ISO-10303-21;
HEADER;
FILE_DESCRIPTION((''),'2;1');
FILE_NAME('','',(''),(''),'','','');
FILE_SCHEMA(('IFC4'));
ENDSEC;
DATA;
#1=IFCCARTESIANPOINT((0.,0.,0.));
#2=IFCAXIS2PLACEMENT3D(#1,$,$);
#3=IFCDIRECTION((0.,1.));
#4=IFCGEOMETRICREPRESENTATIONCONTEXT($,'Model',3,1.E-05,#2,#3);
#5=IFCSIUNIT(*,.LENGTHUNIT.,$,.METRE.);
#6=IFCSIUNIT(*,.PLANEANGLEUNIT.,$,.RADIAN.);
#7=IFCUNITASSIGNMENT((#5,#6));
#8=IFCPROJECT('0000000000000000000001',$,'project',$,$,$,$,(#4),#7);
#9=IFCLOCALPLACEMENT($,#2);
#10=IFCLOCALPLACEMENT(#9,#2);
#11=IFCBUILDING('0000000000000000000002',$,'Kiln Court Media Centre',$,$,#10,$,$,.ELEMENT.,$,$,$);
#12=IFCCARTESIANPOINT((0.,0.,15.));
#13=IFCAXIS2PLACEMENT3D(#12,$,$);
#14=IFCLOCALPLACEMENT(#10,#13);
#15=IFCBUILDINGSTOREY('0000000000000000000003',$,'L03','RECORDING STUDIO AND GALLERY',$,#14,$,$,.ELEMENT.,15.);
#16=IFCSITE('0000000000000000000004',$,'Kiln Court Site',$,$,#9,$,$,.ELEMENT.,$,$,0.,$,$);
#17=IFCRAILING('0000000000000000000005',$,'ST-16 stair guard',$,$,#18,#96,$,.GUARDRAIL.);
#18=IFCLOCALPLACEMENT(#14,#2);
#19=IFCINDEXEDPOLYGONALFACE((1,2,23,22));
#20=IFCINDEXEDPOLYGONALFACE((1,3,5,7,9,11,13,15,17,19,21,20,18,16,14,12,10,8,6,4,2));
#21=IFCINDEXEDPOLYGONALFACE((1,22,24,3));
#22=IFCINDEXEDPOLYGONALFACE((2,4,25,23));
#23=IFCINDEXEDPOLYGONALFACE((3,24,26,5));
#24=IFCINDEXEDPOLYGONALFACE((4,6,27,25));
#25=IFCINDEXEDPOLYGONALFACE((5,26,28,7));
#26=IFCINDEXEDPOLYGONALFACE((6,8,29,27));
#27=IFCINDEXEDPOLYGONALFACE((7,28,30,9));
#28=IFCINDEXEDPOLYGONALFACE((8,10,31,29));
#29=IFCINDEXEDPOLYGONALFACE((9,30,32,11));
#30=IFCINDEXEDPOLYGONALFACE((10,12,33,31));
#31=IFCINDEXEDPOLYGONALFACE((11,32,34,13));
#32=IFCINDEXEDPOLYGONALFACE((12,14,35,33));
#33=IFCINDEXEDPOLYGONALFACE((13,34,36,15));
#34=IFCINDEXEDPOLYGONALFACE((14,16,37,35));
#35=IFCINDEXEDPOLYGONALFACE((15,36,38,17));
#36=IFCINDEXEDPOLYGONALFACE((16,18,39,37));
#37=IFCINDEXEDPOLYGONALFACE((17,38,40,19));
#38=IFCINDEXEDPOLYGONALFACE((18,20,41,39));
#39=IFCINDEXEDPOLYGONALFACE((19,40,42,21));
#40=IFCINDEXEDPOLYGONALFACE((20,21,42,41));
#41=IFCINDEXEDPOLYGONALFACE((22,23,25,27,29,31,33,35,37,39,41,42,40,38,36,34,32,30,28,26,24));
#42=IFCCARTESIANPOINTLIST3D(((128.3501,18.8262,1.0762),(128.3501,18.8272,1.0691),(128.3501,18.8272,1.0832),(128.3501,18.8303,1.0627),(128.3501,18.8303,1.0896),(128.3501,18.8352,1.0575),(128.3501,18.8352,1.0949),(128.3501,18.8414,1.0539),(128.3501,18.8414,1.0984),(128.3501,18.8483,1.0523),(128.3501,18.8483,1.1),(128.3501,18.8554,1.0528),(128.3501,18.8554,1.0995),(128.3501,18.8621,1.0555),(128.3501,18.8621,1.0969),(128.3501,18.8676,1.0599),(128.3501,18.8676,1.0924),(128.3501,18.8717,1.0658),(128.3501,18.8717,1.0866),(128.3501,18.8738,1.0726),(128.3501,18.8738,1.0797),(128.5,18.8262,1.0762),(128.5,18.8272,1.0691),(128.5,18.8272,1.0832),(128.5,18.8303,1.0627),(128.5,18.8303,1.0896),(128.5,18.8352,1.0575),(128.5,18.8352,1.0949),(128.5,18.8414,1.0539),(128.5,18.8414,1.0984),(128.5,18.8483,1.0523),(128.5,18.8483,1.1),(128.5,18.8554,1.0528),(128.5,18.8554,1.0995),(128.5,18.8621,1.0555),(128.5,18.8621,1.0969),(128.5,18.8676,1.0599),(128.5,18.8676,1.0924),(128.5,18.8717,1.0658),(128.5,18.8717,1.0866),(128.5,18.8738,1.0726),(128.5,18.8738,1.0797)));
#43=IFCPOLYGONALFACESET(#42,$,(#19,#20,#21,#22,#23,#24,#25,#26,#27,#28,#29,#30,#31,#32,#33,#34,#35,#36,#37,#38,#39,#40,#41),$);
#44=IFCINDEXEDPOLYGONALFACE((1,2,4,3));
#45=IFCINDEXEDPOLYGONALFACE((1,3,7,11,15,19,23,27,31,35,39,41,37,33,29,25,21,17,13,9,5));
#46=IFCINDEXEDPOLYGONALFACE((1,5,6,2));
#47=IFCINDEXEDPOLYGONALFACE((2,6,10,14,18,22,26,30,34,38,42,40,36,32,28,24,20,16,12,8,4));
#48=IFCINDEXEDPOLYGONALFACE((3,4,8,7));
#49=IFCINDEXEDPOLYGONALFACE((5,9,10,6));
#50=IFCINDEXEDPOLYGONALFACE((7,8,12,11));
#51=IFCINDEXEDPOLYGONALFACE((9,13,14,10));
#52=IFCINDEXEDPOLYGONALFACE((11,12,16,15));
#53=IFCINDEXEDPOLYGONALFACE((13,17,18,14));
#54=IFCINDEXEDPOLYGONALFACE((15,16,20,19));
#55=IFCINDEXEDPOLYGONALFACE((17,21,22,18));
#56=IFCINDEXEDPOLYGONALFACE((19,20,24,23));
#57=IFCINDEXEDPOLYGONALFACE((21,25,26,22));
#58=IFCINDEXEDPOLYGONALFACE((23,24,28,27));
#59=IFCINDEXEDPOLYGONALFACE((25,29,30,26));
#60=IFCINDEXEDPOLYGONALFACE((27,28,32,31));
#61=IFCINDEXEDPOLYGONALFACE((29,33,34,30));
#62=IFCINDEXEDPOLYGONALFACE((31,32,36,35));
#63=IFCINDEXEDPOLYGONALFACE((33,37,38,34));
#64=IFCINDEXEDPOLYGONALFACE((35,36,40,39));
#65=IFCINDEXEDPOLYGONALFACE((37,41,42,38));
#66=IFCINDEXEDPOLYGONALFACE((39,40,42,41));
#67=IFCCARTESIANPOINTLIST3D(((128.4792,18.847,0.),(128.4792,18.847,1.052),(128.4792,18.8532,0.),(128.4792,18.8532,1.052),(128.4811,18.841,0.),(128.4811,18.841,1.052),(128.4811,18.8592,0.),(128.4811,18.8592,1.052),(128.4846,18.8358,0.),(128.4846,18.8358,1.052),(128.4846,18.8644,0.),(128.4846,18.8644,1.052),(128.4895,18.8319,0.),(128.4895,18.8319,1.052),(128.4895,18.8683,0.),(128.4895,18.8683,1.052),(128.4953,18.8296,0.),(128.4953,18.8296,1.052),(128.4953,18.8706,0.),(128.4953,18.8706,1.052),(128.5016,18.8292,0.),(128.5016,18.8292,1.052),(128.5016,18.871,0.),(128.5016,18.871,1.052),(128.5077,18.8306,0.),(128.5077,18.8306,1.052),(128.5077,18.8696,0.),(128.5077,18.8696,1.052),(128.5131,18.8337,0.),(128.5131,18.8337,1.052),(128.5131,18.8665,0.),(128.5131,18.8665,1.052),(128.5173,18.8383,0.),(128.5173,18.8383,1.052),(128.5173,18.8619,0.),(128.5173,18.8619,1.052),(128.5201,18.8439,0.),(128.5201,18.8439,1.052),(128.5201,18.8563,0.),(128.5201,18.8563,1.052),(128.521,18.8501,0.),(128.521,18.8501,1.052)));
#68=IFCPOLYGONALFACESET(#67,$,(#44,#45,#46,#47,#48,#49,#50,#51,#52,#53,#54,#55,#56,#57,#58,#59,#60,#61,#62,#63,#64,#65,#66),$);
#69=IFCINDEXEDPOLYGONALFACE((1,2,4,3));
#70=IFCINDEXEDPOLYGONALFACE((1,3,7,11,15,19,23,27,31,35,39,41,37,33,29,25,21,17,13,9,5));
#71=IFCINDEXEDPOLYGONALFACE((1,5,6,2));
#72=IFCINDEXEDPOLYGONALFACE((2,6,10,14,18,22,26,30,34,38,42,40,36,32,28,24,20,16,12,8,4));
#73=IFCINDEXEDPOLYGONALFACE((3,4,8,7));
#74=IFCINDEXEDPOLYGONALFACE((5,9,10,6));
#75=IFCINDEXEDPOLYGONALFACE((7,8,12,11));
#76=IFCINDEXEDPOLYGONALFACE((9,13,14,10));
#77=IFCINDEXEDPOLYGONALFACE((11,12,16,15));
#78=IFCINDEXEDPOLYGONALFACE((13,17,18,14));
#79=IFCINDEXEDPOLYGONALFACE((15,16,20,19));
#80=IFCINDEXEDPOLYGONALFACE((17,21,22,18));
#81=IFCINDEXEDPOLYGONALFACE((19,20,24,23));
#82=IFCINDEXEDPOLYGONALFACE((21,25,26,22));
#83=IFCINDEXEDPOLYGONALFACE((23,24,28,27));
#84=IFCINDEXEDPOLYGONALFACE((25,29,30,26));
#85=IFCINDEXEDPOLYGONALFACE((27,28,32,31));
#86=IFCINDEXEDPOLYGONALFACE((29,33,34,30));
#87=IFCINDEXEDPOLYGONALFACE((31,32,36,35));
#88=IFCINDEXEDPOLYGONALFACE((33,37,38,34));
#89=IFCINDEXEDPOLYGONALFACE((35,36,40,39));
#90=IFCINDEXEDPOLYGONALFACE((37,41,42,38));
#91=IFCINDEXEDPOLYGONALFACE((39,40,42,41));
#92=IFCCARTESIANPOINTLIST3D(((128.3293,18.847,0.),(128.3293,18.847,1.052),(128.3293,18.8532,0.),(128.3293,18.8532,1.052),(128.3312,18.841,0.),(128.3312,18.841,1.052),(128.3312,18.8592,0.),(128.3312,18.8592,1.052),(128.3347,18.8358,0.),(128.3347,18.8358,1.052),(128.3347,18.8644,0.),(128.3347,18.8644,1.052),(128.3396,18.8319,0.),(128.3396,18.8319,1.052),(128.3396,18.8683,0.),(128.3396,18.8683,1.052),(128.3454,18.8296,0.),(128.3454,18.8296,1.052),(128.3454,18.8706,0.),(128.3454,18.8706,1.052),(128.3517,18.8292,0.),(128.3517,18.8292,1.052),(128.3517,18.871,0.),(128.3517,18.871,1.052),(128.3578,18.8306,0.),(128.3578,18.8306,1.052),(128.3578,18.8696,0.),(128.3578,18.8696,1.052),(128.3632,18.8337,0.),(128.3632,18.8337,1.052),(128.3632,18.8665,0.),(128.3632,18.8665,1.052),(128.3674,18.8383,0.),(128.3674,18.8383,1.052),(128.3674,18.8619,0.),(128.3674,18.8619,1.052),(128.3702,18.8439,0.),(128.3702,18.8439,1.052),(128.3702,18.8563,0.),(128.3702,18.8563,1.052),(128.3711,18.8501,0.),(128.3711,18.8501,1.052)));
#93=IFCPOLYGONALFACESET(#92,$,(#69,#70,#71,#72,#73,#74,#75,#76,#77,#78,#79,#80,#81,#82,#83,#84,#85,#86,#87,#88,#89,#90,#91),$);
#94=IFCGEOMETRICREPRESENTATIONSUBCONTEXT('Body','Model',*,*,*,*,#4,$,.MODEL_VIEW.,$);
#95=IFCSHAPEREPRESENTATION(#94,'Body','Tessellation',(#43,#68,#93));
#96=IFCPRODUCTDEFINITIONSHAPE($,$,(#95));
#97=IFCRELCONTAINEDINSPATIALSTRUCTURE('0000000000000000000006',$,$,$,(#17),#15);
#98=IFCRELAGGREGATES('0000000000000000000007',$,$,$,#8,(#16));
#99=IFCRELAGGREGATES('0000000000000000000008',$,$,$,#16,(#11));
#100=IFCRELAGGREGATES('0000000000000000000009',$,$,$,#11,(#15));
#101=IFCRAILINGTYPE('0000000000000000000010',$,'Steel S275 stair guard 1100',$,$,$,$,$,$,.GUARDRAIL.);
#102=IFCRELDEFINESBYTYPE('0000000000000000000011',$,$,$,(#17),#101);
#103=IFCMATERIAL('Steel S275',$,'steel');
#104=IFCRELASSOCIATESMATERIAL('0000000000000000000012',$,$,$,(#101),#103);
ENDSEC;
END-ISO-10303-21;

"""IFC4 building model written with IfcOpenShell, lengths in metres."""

from ifc_helpers import new_model, si_unit, direction, frame, origin, origin_2d, place, context, subcontext, project, spatial, circle, extrude, material, type_object, element, save


model = new_model("IFC4")

# Units and contexts
model_context = context("Model", 3, precision=1e-05, world=origin(), true_north=direction((0.0, 1.0)))
body_context = subcontext(model_context, "Body", "Model", "MODEL_VIEW")
ifc_project = project(units=[si_unit("LENGTHUNIT", "METRE"), si_unit("PLANEANGLEUNIT", "RADIAN")], contexts=[model_context])

# Site, building, storey
site_placement = place(None, origin())
site = spatial("IfcSite", under=ifc_project, at=site_placement, Name="Kiln Court Site", CompositionType="ELEMENT", RefElevation=0.0)
building_placement = place(site_placement, origin())
building = spatial("IfcBuilding", under=site, at=building_placement, Name="Kiln Court Media Centre", CompositionType="ELEMENT")
storey_placement = place(building_placement, frame((0.0, 0.0, 15.0)))
storey = spatial("IfcBuildingStorey", under=building, at=storey_placement, Name="L03", Description="RECORDING STUDIO AND GALLERY", CompositionType="ELEMENT", Elevation=15.0)

# Railing
ifc_material_1 = material(Name="Steel S275", Category="steel")
railing_type_1 = type_object("IfcRailingType", Name="Steel S275 stair guard 1100", PredefinedType="GUARDRAIL", material=ifc_material_1)
railing_1_placement = place(storey_placement, frame((128.5, 18.8501, 0.0)))
element("IfcRailing", 1, at=railing_1_placement, inside=storey, type_object=railing_type_1, Name="ST-16 stair guard", PredefinedType="GUARDRAIL", context=body_context, shape_type="SweptSolid", body=[
    extrude(circle(Radius=0.0239, at=origin_2d()), frame((0.0, 0.0, 1.0762), z_axis=(-1.0, 0.0, 0.0), x_axis=(0.0, -1.0, 0.0)), (0.0, 0.0, 1.0), 0.1499),
    extrude(circle(Radius=0.021, at=origin_2d()), origin(), (0.0, 0.0, 1.0), 1.052),
    extrude(circle(Radius=0.021, at=origin_2d()), frame((-0.1499, 0.0, 0.0)), (0.0, 0.0, 1.0), 1.052),
])

save(model, "model.ifc")
